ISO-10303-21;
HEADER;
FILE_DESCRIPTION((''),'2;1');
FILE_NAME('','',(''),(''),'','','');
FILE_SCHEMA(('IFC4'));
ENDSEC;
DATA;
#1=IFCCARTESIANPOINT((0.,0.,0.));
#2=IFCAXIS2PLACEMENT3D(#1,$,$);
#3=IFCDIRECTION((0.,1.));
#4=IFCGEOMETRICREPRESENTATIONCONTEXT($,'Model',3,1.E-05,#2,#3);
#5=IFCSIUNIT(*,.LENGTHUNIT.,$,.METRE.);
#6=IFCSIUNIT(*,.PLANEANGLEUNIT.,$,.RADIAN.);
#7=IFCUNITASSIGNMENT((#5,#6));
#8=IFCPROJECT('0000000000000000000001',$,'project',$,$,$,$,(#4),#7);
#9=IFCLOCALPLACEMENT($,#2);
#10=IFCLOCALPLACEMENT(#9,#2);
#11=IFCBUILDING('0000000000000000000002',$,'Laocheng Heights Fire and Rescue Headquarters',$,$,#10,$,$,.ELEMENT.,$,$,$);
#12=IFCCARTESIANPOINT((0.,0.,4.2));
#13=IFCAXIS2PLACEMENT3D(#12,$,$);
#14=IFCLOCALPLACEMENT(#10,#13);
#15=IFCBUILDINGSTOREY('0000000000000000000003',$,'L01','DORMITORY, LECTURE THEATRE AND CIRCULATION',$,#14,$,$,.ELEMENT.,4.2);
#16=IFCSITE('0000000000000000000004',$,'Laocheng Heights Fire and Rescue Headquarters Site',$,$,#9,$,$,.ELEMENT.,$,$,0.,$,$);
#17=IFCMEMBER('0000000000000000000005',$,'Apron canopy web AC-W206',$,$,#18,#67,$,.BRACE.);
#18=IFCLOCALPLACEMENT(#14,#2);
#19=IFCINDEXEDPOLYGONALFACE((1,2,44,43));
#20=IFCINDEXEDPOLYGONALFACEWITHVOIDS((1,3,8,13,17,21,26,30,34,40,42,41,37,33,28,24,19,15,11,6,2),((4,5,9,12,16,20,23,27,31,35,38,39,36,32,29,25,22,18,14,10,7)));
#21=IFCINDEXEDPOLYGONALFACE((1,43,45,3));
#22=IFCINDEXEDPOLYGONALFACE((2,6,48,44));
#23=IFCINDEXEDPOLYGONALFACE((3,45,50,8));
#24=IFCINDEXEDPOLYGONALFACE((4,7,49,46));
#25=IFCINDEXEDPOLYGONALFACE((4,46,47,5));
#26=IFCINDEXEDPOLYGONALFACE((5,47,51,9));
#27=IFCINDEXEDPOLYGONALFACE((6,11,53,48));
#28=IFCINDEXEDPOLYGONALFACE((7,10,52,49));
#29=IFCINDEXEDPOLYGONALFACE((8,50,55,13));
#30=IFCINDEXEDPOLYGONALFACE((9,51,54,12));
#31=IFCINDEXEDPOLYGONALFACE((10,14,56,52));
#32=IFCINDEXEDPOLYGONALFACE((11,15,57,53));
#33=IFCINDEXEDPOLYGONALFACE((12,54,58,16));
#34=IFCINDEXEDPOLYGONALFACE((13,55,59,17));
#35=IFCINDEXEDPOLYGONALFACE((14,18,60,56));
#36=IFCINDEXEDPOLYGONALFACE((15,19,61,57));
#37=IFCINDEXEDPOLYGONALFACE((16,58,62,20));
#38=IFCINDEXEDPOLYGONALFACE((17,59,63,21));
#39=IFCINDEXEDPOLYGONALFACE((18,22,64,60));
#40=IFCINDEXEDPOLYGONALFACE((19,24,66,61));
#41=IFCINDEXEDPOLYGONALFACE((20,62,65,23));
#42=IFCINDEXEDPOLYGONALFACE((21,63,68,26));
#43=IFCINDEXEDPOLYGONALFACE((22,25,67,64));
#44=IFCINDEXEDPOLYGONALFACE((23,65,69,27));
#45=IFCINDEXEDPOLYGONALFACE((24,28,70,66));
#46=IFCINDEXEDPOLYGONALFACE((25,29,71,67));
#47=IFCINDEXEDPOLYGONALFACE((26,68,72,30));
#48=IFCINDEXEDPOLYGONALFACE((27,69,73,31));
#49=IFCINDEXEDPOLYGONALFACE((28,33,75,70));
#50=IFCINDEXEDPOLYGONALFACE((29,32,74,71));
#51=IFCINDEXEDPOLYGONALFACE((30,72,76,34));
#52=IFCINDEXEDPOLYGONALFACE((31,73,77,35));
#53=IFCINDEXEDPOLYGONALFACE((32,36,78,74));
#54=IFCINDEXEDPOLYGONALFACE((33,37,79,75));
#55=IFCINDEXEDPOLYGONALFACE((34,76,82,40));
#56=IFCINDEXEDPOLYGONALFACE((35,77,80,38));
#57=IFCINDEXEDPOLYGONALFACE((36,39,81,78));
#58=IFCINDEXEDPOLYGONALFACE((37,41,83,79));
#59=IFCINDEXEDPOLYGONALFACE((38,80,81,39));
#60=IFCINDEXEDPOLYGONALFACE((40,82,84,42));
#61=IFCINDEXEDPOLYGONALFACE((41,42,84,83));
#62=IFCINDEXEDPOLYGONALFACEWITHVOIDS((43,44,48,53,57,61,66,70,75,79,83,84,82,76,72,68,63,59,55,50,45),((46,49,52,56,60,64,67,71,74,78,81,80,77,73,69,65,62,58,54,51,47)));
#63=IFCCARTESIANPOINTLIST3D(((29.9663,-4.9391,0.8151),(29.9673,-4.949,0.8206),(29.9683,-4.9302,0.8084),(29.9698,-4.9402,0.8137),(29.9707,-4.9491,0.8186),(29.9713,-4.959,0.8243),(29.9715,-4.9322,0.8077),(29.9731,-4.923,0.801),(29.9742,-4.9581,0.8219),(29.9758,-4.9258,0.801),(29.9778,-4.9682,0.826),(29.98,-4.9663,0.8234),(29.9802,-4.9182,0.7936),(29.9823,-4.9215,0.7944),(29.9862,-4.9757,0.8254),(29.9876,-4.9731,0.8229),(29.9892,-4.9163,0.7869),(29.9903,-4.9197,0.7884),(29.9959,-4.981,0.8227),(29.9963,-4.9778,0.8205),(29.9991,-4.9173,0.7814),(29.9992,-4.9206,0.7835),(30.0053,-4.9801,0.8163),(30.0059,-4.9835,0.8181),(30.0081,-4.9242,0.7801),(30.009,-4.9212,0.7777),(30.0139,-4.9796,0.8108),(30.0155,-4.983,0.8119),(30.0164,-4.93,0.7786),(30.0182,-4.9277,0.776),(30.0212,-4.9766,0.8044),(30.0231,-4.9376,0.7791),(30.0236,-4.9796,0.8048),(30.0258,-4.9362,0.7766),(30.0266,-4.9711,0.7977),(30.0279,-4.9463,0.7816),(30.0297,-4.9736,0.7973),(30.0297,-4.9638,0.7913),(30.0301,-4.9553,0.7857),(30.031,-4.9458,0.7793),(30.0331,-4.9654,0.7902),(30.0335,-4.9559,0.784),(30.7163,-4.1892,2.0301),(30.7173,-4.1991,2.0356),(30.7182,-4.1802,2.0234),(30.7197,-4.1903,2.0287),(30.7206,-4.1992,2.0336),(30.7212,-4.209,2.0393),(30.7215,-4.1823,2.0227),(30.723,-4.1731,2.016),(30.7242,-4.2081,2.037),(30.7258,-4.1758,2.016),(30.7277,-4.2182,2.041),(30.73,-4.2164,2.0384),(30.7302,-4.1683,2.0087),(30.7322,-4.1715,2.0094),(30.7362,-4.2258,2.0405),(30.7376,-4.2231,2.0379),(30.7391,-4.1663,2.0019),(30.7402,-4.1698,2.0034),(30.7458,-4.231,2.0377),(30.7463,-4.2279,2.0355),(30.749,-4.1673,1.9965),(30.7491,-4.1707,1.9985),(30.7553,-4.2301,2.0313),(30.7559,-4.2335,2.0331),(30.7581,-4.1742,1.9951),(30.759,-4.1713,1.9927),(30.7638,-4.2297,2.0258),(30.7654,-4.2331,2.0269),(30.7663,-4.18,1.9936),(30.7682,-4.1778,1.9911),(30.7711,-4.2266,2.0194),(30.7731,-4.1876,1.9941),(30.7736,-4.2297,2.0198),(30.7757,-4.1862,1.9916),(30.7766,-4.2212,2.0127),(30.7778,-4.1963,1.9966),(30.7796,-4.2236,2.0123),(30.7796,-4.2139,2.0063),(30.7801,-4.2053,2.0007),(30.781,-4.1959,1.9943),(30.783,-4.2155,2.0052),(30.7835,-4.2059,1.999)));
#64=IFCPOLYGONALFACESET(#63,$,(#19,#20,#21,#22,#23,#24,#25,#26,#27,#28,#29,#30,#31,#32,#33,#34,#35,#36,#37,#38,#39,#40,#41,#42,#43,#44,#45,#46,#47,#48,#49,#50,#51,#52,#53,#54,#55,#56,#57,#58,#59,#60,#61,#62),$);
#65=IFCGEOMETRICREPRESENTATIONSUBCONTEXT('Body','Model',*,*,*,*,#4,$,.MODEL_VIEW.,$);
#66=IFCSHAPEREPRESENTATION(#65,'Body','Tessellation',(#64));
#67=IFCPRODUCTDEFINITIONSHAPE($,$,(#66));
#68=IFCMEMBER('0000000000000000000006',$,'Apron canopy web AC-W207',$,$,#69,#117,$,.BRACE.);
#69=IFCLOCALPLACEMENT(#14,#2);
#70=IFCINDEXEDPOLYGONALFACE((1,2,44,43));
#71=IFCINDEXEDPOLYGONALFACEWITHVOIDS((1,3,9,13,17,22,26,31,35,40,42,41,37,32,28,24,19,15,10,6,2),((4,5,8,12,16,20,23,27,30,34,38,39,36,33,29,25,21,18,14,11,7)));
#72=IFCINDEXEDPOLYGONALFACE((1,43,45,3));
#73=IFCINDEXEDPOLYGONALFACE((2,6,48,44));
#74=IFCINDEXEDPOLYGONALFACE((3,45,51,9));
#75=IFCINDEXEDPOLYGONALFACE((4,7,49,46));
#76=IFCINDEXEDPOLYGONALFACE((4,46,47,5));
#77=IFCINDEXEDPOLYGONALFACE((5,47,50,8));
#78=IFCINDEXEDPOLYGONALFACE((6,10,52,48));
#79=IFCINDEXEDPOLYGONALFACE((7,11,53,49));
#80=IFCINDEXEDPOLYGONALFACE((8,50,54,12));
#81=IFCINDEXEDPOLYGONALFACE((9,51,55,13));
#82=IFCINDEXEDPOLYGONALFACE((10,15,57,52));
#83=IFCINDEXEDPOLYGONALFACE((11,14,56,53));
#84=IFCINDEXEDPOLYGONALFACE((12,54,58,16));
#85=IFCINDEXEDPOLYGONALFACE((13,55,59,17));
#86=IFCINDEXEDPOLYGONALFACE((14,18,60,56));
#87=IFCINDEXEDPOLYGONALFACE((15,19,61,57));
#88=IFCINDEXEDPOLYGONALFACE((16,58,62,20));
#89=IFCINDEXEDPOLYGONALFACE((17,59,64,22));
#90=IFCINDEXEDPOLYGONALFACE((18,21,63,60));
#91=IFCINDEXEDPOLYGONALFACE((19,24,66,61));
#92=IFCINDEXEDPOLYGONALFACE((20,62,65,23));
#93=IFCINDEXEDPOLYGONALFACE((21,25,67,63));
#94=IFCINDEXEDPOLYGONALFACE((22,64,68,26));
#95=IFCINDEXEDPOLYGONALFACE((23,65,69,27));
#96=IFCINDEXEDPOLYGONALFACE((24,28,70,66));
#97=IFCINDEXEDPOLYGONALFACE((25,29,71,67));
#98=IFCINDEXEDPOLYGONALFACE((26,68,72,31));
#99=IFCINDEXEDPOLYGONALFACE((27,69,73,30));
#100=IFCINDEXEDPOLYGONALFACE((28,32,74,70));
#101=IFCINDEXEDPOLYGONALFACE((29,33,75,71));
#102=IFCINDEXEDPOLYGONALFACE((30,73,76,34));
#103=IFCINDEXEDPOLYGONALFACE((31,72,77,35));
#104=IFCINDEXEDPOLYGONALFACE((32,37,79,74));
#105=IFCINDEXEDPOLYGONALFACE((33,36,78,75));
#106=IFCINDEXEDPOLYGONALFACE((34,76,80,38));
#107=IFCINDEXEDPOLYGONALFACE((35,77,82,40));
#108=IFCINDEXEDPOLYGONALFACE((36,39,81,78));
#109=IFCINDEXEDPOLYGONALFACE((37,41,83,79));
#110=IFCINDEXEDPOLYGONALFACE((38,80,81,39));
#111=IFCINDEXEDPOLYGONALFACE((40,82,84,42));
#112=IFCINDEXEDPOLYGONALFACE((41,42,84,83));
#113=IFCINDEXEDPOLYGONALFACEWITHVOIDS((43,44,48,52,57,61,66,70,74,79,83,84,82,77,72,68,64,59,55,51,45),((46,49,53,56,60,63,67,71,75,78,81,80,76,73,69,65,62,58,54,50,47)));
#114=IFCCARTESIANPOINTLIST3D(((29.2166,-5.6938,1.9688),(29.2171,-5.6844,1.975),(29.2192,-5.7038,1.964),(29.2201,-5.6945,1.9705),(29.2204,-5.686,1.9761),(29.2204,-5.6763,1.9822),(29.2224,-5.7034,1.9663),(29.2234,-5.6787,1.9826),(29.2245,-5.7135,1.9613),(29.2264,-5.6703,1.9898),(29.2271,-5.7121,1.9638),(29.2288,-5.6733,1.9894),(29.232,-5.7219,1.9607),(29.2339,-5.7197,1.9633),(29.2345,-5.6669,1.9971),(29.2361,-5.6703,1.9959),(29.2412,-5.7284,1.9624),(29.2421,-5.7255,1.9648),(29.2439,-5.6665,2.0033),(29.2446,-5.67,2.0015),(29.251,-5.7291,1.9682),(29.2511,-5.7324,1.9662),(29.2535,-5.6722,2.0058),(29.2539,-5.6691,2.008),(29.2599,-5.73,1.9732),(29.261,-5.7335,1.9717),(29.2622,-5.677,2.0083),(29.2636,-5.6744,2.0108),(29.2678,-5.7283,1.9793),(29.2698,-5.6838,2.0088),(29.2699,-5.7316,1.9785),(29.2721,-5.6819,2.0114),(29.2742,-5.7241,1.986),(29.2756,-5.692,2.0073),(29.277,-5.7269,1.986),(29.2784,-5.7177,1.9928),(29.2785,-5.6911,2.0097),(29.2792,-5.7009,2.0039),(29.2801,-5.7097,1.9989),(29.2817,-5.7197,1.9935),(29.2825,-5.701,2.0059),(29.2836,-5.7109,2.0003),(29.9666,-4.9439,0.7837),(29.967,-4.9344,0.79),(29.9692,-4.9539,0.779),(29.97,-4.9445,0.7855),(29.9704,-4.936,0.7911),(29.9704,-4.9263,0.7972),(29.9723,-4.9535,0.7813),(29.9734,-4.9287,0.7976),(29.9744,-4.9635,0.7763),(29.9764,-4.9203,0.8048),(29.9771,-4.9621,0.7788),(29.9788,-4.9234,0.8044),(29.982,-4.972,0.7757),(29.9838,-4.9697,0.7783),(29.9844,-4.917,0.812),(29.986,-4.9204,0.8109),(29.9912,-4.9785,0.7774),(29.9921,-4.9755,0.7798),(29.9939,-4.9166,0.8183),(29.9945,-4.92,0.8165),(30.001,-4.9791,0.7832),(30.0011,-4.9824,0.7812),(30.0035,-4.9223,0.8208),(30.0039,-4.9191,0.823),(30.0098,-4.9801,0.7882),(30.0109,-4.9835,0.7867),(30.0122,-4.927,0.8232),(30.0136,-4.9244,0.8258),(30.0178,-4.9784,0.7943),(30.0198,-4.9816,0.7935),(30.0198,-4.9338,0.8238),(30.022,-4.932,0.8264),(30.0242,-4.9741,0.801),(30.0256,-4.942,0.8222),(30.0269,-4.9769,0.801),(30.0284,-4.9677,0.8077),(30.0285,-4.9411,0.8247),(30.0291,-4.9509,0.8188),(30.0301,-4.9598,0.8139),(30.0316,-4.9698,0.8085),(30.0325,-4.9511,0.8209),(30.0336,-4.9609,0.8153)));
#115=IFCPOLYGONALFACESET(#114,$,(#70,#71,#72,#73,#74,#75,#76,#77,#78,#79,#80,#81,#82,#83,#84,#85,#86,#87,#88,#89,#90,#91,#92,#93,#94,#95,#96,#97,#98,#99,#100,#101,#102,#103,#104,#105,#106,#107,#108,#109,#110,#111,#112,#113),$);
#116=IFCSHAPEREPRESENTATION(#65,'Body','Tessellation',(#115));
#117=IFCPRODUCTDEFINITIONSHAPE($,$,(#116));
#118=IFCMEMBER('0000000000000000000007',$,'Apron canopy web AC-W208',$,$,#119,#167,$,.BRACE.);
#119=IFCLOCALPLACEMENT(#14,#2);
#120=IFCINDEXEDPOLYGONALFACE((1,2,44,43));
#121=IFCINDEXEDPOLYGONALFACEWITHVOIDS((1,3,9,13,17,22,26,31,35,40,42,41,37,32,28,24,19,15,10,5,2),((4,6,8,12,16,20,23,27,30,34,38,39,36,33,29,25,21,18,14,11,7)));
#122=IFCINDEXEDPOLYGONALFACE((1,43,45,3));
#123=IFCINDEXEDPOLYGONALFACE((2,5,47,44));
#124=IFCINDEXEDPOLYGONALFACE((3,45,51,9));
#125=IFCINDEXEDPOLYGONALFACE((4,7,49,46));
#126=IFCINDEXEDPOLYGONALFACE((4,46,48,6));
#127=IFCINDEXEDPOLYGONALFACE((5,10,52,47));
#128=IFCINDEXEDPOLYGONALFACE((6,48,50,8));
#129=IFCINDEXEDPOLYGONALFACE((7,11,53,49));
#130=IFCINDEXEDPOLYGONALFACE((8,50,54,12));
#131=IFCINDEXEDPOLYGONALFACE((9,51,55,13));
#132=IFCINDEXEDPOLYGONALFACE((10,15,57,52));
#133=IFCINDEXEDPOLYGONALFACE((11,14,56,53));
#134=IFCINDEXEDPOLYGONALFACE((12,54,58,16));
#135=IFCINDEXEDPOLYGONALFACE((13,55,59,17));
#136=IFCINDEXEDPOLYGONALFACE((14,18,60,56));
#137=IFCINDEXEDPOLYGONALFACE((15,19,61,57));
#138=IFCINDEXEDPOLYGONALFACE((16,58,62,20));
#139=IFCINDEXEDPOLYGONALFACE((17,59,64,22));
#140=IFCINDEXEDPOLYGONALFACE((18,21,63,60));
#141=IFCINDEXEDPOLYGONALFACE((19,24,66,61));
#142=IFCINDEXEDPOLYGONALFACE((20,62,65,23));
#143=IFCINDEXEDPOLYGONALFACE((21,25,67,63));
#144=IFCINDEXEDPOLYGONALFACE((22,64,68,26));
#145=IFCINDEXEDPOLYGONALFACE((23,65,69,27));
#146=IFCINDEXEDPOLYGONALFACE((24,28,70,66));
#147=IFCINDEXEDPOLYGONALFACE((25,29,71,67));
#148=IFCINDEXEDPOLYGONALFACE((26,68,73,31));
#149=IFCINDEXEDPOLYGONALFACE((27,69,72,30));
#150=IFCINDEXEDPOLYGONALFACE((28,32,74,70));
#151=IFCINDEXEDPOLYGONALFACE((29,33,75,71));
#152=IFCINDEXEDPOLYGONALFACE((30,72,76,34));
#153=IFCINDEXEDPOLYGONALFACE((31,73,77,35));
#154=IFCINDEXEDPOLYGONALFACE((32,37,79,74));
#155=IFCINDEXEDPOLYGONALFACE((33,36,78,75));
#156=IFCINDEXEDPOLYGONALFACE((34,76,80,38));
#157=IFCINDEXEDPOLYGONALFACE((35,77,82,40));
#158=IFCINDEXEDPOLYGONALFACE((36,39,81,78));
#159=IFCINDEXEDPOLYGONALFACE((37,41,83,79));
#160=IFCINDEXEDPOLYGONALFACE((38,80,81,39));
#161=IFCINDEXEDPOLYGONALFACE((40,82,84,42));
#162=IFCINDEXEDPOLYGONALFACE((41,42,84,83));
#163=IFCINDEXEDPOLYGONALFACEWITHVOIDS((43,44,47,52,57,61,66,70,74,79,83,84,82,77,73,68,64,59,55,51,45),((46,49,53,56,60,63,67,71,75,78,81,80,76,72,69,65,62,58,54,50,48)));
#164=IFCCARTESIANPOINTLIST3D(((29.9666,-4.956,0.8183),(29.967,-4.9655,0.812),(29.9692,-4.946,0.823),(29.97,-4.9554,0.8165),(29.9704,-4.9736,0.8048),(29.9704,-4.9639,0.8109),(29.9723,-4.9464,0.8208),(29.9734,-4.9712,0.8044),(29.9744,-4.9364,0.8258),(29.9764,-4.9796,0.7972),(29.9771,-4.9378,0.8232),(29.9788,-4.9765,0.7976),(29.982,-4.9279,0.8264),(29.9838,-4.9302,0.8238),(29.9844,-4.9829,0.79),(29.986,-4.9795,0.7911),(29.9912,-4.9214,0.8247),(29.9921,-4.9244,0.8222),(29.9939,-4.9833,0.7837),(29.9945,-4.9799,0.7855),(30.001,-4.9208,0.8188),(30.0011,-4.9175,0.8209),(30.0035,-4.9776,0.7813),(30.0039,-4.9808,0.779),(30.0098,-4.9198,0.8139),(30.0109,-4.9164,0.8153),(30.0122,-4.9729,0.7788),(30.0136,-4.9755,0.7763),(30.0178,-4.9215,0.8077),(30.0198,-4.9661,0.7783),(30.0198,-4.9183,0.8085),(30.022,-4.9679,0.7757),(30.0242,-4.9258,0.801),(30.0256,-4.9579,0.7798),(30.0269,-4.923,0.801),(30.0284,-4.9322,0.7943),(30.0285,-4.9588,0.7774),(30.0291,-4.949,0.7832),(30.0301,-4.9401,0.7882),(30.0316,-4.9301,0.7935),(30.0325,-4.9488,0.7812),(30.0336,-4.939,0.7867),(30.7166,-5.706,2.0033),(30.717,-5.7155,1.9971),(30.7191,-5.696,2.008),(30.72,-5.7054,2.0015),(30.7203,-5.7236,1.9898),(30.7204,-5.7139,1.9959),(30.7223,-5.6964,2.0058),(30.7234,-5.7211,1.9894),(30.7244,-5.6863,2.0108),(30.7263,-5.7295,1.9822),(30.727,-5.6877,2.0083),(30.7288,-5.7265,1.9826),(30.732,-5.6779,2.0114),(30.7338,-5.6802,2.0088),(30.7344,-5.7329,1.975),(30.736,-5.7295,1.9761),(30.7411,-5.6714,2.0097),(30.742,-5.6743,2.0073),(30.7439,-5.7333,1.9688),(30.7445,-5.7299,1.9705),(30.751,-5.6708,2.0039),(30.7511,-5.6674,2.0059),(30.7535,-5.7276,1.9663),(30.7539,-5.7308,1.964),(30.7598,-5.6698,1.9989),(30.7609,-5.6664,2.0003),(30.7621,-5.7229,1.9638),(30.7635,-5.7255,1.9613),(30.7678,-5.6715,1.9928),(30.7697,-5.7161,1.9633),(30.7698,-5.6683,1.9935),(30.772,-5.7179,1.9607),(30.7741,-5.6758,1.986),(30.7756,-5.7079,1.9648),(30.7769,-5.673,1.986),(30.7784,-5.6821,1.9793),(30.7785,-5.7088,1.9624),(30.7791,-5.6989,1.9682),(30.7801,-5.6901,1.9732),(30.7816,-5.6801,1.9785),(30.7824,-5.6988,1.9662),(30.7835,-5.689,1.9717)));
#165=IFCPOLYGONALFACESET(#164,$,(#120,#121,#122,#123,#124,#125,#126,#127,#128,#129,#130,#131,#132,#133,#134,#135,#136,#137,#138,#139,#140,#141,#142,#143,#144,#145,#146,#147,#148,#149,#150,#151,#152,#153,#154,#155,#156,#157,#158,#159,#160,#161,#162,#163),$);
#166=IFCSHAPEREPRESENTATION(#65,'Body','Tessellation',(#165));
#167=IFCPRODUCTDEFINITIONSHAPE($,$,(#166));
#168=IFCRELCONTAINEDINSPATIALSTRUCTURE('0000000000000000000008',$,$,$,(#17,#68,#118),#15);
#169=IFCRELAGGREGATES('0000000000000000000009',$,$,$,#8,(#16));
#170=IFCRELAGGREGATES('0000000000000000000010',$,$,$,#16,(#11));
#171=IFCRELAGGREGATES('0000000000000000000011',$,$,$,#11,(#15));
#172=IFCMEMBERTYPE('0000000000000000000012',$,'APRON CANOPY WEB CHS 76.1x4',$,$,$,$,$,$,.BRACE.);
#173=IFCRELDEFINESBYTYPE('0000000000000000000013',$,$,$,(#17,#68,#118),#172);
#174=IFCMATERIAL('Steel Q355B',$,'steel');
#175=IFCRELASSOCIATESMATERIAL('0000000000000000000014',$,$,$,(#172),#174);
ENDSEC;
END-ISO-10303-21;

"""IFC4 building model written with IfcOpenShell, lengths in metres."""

from ifc_helpers import new_model, si_unit, direction, frame, origin, origin_2d, place, context, subcontext, project, spatial, hollow_circle, extrude, material, material_profile, profile_set, type_object, element, save


model = new_model("IFC4")

# Units and contexts
model_context = context("Model", 3, precision=1e-05, world=origin(), true_north=direction((0.0, 1.0)))
body_context = subcontext(model_context, "Body", "Model", "MODEL_VIEW")
ifc_project = project(units=[si_unit("LENGTHUNIT", "METRE"), si_unit("PLANEANGLEUNIT", "RADIAN")], contexts=[model_context])

# Site, building, storey
site_placement = place(None, origin())
site = spatial("IfcSite", under=ifc_project, at=site_placement, Name="Laocheng Heights Fire and Rescue Headquarters Site", CompositionType="ELEMENT", RefElevation=0.0)
building_placement = place(site_placement, origin())
building = spatial("IfcBuilding", under=site, at=building_placement, Name="Laocheng Heights Fire and Rescue Headquarters", CompositionType="ELEMENT")
storey_placement = place(building_placement, frame((0.0, 0.0, 4.2)))
storey = spatial("IfcBuildingStorey", under=building, at=storey_placement, Name="L01", Description="DORMITORY, LECTURE THEATRE AND CIRCULATION", CompositionType="ELEMENT", Elevation=4.2)

# Members
ifc_material_1 = material(Name="Steel Q355B", Category="steel")
ifc_material_profile_1 = material_profile(ifc_material_1, hollow_circle(Radius=0.0381, WallThickness=0.0039, at=origin_2d()), Name="CHS 76.1x4")
ifc_profile_set_1 = profile_set([ifc_material_profile_1], Name="Steel Q355B")
member_type_1 = type_object("IfcMemberType", Name="APRON CANOPY WEB CHS 76.1x4", PredefinedType="BRACE", material=ifc_profile_set_1)
for number, where, z_axis, x_axis, name in (
    (1, (30.0, -4.95, 0.801), (0.465002, 0.465002, 0.753357), (-0.707107, 0.707107, 0.0), "Apron canopy web AC-W206"),
):
    element("IfcMember", number, at=place(storey_placement, frame(where, z_axis=z_axis, x_axis=x_axis)), inside=storey, type_object=member_type_1, Name=name, PredefinedType="BRACE", context=body_context, shape_type="SweptSolid", body=[
        extrude(hollow_circle(Radius=0.0381, WallThickness=0.0039, at=origin_2d()), origin(), (0.0, 0.0, 1.0), 1.6128),
    ])
for number, where, z_axis, x_axis, name in (
    (2, (30.0, -4.95, 0.801), (-0.47158, -0.47158, 0.745134), (0.707107, -0.707107, 0.0), "Apron canopy web AC-W207"),
    (3, (30.0, -4.95, 0.801), (0.47158, -0.47158, 0.745134), (0.707107, 0.707107, 0.0), "Apron canopy web AC-W208"),
):
    element("IfcMember", number, at=place(storey_placement, frame(where, z_axis=z_axis, x_axis=x_axis)), inside=storey, type_object=member_type_1, Name=name, PredefinedType="BRACE", context=body_context, shape_type="SweptSolid", body=[
        extrude(hollow_circle(Radius=0.0381, WallThickness=0.0039, at=origin_2d()), origin(), (0.0, 0.0, 1.0), 1.5903),
    ])

save(model, "model.ifc")
